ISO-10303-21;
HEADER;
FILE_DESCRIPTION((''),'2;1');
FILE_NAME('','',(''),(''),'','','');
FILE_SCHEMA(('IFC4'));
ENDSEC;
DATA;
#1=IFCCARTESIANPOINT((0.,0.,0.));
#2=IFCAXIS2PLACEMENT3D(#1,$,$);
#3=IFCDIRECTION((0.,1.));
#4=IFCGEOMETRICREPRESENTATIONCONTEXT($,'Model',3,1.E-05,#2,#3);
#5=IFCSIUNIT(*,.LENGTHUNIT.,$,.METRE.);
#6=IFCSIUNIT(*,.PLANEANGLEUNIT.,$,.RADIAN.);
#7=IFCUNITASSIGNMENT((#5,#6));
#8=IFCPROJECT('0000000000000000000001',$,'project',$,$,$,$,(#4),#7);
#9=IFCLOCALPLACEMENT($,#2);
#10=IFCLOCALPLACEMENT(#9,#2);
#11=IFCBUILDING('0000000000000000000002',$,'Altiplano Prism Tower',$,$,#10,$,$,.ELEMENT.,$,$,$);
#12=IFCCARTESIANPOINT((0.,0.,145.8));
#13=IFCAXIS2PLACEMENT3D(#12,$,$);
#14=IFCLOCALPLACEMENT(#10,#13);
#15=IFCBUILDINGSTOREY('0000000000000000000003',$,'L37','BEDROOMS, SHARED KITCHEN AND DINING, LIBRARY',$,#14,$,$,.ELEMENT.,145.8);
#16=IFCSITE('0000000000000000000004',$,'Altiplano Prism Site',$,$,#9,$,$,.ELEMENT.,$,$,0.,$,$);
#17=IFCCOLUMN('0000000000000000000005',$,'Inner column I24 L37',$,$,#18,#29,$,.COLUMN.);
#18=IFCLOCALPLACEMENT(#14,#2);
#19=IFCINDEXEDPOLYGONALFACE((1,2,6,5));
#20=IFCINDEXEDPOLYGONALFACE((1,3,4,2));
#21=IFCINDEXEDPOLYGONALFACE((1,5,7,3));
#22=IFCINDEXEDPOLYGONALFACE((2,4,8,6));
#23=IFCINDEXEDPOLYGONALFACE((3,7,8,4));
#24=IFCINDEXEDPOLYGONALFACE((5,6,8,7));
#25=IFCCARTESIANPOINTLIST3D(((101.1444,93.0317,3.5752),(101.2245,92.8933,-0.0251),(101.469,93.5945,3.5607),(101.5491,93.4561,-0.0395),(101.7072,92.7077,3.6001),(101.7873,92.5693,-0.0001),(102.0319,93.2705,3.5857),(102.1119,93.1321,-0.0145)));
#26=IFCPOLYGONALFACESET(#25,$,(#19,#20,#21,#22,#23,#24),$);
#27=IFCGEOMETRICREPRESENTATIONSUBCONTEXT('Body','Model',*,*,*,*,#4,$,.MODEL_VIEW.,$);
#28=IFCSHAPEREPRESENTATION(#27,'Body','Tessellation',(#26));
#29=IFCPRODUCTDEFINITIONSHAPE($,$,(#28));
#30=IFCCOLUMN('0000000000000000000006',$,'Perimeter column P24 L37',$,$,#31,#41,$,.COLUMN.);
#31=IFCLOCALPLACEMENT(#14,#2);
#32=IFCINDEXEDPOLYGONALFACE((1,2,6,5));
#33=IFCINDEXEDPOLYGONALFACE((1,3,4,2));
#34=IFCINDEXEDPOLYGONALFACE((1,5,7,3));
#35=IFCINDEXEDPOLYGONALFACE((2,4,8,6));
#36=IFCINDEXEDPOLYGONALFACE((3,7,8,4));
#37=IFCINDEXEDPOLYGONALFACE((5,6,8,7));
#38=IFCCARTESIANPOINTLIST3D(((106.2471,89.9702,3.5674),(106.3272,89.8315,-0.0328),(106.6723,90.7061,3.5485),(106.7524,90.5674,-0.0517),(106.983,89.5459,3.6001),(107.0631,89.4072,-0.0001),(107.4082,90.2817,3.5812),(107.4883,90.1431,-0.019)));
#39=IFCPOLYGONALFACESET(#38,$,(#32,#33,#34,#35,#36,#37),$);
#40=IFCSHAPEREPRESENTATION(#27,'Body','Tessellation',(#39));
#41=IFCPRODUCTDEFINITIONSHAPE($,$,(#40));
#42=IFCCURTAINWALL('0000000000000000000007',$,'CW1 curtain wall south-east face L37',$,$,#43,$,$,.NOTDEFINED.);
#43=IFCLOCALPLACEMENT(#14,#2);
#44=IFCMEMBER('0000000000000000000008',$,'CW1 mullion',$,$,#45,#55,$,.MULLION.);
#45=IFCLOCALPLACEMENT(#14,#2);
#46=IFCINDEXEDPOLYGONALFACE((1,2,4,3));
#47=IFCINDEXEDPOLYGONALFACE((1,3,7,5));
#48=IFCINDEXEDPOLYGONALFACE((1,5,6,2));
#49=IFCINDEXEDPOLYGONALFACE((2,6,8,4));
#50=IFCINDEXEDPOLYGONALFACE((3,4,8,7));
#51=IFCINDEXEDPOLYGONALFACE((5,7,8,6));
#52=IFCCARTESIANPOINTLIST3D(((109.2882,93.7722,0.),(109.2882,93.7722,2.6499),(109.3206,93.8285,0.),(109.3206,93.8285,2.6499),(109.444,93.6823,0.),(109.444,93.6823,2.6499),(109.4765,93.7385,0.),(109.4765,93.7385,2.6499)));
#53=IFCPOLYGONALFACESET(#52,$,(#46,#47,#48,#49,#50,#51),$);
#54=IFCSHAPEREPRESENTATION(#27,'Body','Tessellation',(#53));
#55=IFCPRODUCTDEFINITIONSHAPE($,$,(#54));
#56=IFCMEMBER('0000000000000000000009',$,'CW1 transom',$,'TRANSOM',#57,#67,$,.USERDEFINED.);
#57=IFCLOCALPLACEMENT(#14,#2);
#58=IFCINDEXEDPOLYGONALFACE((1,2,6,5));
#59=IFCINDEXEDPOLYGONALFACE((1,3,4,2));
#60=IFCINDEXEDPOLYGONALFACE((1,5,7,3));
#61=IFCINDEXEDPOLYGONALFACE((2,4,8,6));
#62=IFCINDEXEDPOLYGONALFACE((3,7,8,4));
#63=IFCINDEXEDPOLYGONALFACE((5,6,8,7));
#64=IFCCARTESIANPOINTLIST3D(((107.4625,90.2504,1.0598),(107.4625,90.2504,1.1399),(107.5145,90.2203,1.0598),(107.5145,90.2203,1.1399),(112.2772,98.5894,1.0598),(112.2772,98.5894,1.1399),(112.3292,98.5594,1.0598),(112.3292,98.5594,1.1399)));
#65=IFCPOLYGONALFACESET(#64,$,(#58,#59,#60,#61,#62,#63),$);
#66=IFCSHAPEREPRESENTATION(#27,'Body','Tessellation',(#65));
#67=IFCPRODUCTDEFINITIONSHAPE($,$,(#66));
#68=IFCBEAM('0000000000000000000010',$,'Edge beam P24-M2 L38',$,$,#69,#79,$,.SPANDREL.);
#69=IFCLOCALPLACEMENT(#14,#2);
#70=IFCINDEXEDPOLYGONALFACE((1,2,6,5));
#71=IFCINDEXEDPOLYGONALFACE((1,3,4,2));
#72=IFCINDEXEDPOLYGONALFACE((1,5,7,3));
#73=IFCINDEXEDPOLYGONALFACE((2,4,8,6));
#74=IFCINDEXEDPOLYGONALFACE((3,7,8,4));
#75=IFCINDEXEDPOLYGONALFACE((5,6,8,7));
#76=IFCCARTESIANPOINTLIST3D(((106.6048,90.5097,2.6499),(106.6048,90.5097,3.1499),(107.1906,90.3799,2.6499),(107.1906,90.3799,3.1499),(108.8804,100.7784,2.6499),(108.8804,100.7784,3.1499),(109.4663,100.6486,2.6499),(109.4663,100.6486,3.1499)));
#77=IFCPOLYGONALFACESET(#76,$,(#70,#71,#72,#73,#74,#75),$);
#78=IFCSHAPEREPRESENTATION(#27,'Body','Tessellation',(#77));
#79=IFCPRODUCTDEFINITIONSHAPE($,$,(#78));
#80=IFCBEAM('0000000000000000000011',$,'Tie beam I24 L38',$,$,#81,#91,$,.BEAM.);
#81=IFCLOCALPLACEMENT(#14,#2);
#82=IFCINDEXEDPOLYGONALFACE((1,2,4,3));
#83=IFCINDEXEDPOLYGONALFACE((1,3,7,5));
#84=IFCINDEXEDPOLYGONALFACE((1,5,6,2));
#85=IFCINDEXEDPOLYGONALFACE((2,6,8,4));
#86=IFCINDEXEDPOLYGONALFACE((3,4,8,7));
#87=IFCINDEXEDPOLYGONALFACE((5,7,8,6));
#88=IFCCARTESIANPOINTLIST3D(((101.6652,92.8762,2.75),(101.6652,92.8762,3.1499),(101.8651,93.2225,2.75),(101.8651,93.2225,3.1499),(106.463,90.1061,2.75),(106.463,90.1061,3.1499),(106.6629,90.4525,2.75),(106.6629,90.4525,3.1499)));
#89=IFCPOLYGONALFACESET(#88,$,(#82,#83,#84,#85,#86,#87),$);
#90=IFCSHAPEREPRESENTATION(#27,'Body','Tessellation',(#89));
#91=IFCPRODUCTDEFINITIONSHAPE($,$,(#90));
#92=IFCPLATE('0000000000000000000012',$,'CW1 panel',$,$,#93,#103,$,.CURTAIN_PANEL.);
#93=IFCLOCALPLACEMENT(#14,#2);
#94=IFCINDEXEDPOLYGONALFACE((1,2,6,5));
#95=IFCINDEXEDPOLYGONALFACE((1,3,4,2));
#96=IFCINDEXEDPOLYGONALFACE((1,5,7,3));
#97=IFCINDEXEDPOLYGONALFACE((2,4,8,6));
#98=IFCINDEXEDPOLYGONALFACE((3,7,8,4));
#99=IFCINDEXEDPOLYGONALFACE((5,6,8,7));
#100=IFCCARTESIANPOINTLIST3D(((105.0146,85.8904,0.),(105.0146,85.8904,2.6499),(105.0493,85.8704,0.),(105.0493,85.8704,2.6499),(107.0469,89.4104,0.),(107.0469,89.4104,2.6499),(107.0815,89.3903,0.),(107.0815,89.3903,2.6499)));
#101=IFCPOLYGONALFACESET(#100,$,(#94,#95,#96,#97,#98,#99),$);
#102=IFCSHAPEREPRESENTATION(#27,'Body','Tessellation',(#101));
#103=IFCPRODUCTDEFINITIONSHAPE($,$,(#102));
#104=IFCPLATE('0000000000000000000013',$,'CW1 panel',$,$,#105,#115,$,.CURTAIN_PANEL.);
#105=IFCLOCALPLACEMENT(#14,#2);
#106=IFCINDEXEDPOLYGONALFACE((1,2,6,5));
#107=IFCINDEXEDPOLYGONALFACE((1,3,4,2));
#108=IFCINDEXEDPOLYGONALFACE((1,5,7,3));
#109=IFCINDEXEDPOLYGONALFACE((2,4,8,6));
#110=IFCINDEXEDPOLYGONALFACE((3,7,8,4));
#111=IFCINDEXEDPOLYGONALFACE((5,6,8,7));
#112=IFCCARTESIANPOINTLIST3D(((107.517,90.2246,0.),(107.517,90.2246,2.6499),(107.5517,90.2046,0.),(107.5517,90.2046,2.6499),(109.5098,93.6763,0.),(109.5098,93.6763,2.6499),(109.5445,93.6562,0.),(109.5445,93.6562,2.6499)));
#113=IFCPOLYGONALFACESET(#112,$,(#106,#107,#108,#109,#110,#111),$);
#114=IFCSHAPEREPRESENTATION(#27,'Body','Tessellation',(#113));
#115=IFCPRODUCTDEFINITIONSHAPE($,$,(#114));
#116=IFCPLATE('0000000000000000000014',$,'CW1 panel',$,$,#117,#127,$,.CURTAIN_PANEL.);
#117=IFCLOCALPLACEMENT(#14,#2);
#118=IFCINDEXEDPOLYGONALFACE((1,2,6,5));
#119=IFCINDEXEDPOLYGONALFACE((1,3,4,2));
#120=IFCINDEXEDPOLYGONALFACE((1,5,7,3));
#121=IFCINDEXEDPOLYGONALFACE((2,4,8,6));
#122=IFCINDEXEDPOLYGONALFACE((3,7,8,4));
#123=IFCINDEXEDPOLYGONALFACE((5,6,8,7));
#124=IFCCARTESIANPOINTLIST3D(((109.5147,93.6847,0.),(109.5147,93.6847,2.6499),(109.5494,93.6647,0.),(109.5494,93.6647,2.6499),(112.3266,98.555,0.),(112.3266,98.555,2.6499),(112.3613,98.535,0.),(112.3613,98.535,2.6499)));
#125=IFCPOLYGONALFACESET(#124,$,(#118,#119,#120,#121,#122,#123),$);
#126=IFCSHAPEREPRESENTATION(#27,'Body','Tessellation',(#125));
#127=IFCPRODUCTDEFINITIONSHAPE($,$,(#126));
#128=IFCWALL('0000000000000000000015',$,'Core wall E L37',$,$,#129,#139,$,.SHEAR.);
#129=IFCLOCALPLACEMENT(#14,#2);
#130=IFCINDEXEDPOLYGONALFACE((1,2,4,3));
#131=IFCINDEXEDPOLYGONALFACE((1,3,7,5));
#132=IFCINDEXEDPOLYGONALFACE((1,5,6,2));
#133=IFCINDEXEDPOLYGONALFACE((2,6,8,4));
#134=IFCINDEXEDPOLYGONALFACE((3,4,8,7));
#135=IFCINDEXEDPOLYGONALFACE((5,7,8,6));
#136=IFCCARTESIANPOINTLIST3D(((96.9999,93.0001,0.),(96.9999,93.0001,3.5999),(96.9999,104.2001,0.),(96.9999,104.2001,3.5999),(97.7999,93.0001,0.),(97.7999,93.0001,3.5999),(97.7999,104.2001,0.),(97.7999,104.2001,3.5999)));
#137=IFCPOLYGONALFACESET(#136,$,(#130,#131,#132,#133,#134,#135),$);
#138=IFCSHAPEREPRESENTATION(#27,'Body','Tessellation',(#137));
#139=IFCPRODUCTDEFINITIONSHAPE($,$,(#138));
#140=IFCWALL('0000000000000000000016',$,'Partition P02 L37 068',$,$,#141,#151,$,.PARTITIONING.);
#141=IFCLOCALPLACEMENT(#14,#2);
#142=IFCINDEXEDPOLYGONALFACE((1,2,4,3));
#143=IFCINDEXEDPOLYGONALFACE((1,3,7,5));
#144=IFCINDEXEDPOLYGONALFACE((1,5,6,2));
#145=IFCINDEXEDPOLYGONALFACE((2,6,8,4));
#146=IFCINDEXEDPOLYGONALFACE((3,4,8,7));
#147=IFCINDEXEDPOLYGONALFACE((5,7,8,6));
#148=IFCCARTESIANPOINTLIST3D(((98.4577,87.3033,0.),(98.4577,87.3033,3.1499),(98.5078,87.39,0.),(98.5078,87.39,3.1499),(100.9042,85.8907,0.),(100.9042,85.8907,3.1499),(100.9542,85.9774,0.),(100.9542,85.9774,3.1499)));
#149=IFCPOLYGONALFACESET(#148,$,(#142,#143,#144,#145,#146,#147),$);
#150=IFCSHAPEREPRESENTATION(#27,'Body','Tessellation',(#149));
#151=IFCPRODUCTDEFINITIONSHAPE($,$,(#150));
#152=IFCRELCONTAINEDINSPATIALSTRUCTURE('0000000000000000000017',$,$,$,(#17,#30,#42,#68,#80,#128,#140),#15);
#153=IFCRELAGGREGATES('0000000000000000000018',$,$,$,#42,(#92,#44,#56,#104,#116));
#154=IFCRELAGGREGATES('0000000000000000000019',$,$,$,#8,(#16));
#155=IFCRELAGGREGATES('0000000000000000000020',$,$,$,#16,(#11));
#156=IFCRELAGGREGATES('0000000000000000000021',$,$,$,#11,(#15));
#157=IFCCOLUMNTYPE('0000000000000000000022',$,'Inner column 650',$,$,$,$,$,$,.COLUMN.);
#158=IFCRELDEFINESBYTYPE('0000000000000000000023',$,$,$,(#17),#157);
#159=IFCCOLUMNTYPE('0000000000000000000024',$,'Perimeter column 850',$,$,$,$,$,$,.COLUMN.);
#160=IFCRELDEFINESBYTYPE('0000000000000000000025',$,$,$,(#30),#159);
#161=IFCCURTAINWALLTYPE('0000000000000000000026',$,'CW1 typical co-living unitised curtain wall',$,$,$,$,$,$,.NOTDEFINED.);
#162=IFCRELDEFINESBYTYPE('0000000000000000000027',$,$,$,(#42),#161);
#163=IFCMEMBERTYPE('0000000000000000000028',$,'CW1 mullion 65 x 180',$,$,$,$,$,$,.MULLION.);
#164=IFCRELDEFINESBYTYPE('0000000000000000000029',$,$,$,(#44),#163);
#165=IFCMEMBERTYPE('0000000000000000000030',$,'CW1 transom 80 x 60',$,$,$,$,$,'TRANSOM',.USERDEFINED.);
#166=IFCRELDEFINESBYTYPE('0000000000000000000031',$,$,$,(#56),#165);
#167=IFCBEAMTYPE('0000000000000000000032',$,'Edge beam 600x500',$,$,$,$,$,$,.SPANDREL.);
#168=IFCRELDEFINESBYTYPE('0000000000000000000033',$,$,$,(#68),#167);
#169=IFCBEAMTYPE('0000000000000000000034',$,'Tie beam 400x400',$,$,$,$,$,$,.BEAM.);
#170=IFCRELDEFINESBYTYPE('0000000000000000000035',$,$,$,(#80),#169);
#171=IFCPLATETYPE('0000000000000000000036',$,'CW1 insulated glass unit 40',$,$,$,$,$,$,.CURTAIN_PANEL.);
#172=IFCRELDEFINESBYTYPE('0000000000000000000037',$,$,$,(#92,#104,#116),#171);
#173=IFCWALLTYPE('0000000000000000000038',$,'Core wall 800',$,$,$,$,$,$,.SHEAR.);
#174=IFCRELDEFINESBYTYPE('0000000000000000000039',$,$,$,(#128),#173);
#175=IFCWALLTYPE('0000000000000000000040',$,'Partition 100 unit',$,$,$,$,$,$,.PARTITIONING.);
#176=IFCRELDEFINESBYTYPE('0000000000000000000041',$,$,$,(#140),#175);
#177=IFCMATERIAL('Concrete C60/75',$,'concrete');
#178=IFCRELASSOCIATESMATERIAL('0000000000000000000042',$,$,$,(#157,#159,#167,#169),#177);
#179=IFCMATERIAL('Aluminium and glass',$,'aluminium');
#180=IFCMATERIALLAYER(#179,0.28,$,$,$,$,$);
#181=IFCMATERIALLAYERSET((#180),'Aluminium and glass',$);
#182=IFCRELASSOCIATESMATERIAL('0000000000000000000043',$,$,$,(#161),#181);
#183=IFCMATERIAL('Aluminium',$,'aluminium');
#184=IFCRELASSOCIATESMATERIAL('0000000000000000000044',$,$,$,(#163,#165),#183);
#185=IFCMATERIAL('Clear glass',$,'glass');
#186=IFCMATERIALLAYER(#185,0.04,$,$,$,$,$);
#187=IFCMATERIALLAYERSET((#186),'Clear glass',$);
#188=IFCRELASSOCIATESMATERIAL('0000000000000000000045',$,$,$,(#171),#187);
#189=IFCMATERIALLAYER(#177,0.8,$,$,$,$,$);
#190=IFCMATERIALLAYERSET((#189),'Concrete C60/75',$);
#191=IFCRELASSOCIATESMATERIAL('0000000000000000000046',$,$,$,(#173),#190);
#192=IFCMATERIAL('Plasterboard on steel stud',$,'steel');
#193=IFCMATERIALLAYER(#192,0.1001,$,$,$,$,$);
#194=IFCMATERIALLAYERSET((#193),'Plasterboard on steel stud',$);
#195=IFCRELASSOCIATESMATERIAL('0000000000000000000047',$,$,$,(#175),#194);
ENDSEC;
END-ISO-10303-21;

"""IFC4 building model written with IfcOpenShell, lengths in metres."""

from ifc_helpers import new_model, si_unit, direction, frame, frame_2d, origin, origin_2d, place, context, subcontext, project, spatial, rectangle, extrude, material, layer, layer_set, material_profile, profile_set, type_object, element, aggregate, save


model = new_model("IFC4")

# Units and contexts
model_context = context("Model", 3, precision=1e-05, world=origin(), true_north=direction((0.0, 1.0)))
body_context = subcontext(model_context, "Body", "Model", "MODEL_VIEW")
ifc_project = project(units=[si_unit("LENGTHUNIT", "METRE"), si_unit("PLANEANGLEUNIT", "RADIAN")], contexts=[model_context])

# Site, building, storey
site_placement = place(None, origin())
site = spatial("IfcSite", under=ifc_project, at=site_placement, Name="Altiplano Prism Site", CompositionType="ELEMENT", RefElevation=0.0)
building_placement = place(site_placement, origin())
building = spatial("IfcBuilding", under=site, at=building_placement, Name="Altiplano Prism Tower", CompositionType="ELEMENT")
storey_placement = place(building_placement, frame((0.0, 0.0, 145.8)))
storey = spatial("IfcBuildingStorey", under=building, at=storey_placement, Name="L37", Description="BEDROOMS, SHARED KITCHEN AND DINING, LIBRARY", CompositionType="ELEMENT", Elevation=145.8)

# Columns
ifc_material_1 = material(Name="Concrete C60/75", Category="concrete")
ifc_material_profile_1 = material_profile(ifc_material_1, rectangle(XDim=0.6499, YDim=0.6499, at=origin_2d()), Name="Inner column 650")
ifc_profile_set_1 = profile_set([ifc_material_profile_1], Name="Concrete C60/75")
column_type_1 = type_object("IfcColumnType", Name="Inner column 650", PredefinedType="COLUMN", material=ifc_profile_set_1)
column_1_placement = place(storey_placement, frame((101.6682, 93.0127, -0.0198), z_axis=(-0.022221, 0.038413, 0.999015), x_axis=(-0.499513, -0.866022, 0.022189)))
element("IfcColumn", 1, at=column_1_placement, inside=storey, type_object=column_type_1, Name="Inner column I24 L37", PredefinedType="COLUMN", context=body_context, shape_type="SweptSolid", body=[
    extrude(rectangle(XDim=0.6499, YDim=0.6499, at=origin_2d()), origin(), (0.0, 0.0, 1.0), 3.6038),
])
ifc_material_profile_2 = material_profile(ifc_material_1, rectangle(XDim=0.8501, YDim=0.8501, at=origin_2d()), Name="Perimeter column 850")
ifc_profile_set_2 = profile_set([ifc_material_profile_2], Name="Concrete C60/75")
column_type_2 = type_object("IfcColumnType", Name="Perimeter column 850", PredefinedType="COLUMN", material=ifc_profile_set_2)
column_2_placement = place(storey_placement, frame((106.9077, 89.9873, -0.0259), z_axis=(-0.022221, 0.038481, 0.999012), x_axis=(-0.500175, -0.86564, 0.022218)))
element("IfcColumn", 2, at=column_2_placement, inside=storey, type_object=column_type_2, Name="Perimeter column P24 L37", PredefinedType="COLUMN", context=body_context, shape_type="SweptSolid", body=[
    extrude(rectangle(XDim=0.8501, YDim=0.8501, at=origin_2d()), origin(), (0.0, 0.0, 1.0), 3.6038),
])

# Curtain wall, members
ifc_material_2 = material(Name="Aluminium and glass", Category="aluminium")
ifc_layer_1 = layer(ifc_material_2, 0.28)
ifc_layer_set_1 = layer_set([ifc_layer_1], Name="Aluminium and glass")
curtain_wall_type = type_object("IfcCurtainWallType", Name="CW1 typical co-living unitised curtain wall", PredefinedType="NOTDEFINED", material=ifc_layer_set_1)
curtain_wall_placement = place(storey_placement, origin())
curtain_wall = element("IfcCurtainWall", 3, at=curtain_wall_placement, inside=storey, type_object=curtain_wall_type, Name="CW1 curtain wall south-east face L37", PredefinedType="NOTDEFINED")
ifc_material_3 = material(Name="Aluminium", Category="aluminium")
ifc_material_profile_3 = material_profile(ifc_material_3, rectangle(XDim=0.1799, YDim=0.0649, at=origin_2d()), Name="CW1 mullion 65 x 180")
ifc_profile_set_3 = profile_set([ifc_material_profile_3], Name="Aluminium")
member_type_1 = type_object("IfcMemberType", Name="CW1 mullion 65 x 180", PredefinedType="MULLION", material=ifc_profile_set_3)
member_1_placement = place(storey_placement, frame((109.3823, 93.7554, 0.0), z_axis=(0.0, 0.0, 1.0), x_axis=(-0.866025, 0.5, 0.0)))
member_1 = element("IfcMember", 4, at=member_1_placement, type_object=member_type_1, Name="CW1 mullion", PredefinedType="MULLION", context=body_context, shape_type="SweptSolid", body=[
    extrude(rectangle(XDim=0.1799, YDim=0.0649, at=origin_2d()), origin(), (0.0, 0.0, 1.0), 2.6499),
])
ifc_material_profile_4 = material_profile(ifc_material_3, rectangle(XDim=0.0601, YDim=0.0801, at=origin_2d()), Name="CW1 transom 80 x 60")
ifc_profile_set_4 = profile_set([ifc_material_profile_4], Name="Aluminium")
member_type_2 = type_object("IfcMemberType", Name="CW1 transom 80 x 60", ElementType="TRANSOM", PredefinedType="USERDEFINED", material=ifc_profile_set_4)
member_2_placement = place(storey_placement, frame((107.4885, 90.2354, 1.0999), z_axis=(0.500008, 0.86602, 0.0), x_axis=(-0.86602, 0.500008, 0.0)))
member_2 = element("IfcMember", 5, at=member_2_placement, type_object=member_type_2, Name="CW1 transom", ObjectType="TRANSOM", PredefinedType="USERDEFINED", context=body_context, shape_type="SweptSolid", body=[
    extrude(rectangle(XDim=0.0601, YDim=0.0801, at=origin_2d()), origin(), (0.0, 0.0, 1.0), 9.6292),
])

# Beams
ifc_material_profile_5 = material_profile(ifc_material_1, rectangle(XDim=0.6001, YDim=0.5, at=origin_2d()), Name="Edge beam 600x500")
ifc_profile_set_5 = profile_set([ifc_material_profile_5], Name="Concrete C60/75")
beam_type_1 = type_object("IfcBeamType", Name="Edge beam 600x500", PredefinedType="SPANDREL", material=ifc_profile_set_5)
beam_1_placement = place(storey_placement, frame((106.8977, 90.4448, 2.8999), z_axis=(0.216358, 0.976314, 0.0), x_axis=(-0.976314, 0.216358, 0.0)))
element("IfcBeam", 6, at=beam_1_placement, inside=storey, type_object=beam_type_1, Name="Edge beam P24-M2 L38", PredefinedType="SPANDREL", context=body_context, shape_type="SweptSolid", body=[
    extrude(rectangle(XDim=0.6001, YDim=0.5, at=origin_2d()), origin(), (0.0, 0.0, 1.0), 10.5178),
])
ifc_material_profile_6 = material_profile(ifc_material_1, rectangle(XDim=0.3999, YDim=0.3999, at=origin_2d()), Name="Tie beam 400x400")
ifc_profile_set_6 = profile_set([ifc_material_profile_6], Name="Concrete C60/75")
beam_type_2 = type_object("IfcBeamType", Name="Tie beam 400x400", PredefinedType="BEAM", material=ifc_profile_set_6)
beam_2_placement = place(storey_placement, frame((101.7651, 93.0493, 2.95), z_axis=(0.866027, -0.499997, 0.0), x_axis=(0.499997, 0.866027, 0.0)))
element("IfcBeam", 7, at=beam_2_placement, inside=storey, type_object=beam_type_2, Name="Tie beam I24 L38", PredefinedType="BEAM", context=body_context, shape_type="SweptSolid", body=[
    extrude(rectangle(XDim=0.3999, YDim=0.3999, at=origin_2d()), origin(), (0.0, 0.0, 1.0), 5.54),
])

# Plates
ifc_material_4 = material(Name="Clear glass", Category="glass")
ifc_layer_2 = layer(ifc_material_4, 0.04)
ifc_layer_set_2 = layer_set([ifc_layer_2], Name="Clear glass")
plate_type = type_object("IfcPlateType", Name="CW1 insulated glass unit 40", PredefinedType="CURTAIN_PANEL", material=ifc_layer_set_2)
plate_1_placement = place(storey_placement, frame((106.0481, 87.6404, 0.0), z_axis=(0.0, 0.0, 1.0), x_axis=(0.5, 0.866025, 0.0)))
plate_1 = element("IfcPlate", 8, at=plate_1_placement, type_object=plate_type, Name="CW1 panel", PredefinedType="CURTAIN_PANEL", context=body_context, shape_type="SweptSolid", body=[
    extrude(rectangle(XDim=4.0645, YDim=0.04, at=origin_2d()), origin(), (0.0, 0.0, 1.0), 2.6499),
])
plate_2_placement = place(storey_placement, frame((108.5308, 91.9404, 0.0), z_axis=(0.0, 0.0, 1.0), x_axis=(0.5, 0.866025, 0.0)))
plate_2 = element("IfcPlate", 9, at=plate_2_placement, type_object=plate_type, Name="CW1 panel", PredefinedType="CURTAIN_PANEL", context=body_context, shape_type="SweptSolid", body=[
    extrude(rectangle(XDim=3.9856, YDim=0.04, at=origin_2d()), origin(), (0.0, 0.0, 1.0), 2.6499),
])
plate_3_placement = place(storey_placement, frame((110.938, 96.1099, 0.0), z_axis=(0.0, 0.0, 1.0), x_axis=(0.5, 0.866025, 0.0)))
plate_3 = element("IfcPlate", 10, at=plate_3_placement, type_object=plate_type, Name="CW1 panel", PredefinedType="CURTAIN_PANEL", context=body_context, shape_type="SweptSolid", body=[
    extrude(rectangle(XDim=5.6238, YDim=0.04, at=origin_2d()), origin(), (0.0, 0.0, 1.0), 2.6499),
])
aggregate(curtain_wall, [plate_1, member_1, member_2, plate_2, plate_3])

# Walls
ifc_layer_3 = layer(ifc_material_1, 0.8)
ifc_layer_set_3 = layer_set([ifc_layer_3], Name="Concrete C60/75")
wall_type_1 = type_object("IfcWallType", Name="Core wall 800", PredefinedType="SHEAR", material=ifc_layer_set_3)
wall_1_placement = place(storey_placement, frame((97.3999, 93.0, 0.0), z_axis=(0.0, 0.0, 1.0), x_axis=(0.0, 1.0, 0.0)))
element("IfcWall", 11, at=wall_1_placement, inside=storey, type_object=wall_type_1, Name="Core wall E L37", PredefinedType="SHEAR", context=body_context, shape_type="SweptSolid", body=[
    extrude(rectangle(XDim=11.2, YDim=0.8, at=frame_2d((5.6001, 0.0))), origin(), (0.0, 0.0, 1.0), 3.5999),
])
ifc_material_5 = material(Name="Plasterboard on steel stud", Category="steel")
ifc_layer_4 = layer(ifc_material_5, 0.1001)
ifc_layer_set_4 = layer_set([ifc_layer_4], Name="Plasterboard on steel stud")
wall_type_2 = type_object("IfcWallType", Name="Partition 100 unit", PredefinedType="PARTITIONING", material=ifc_layer_set_4)
wall_2_placement = place(storey_placement, frame((98.4827, 87.3467, 0.0), z_axis=(0.0, 0.0, 1.0), x_axis=(0.866011, -0.500024, 0.0)))
element("IfcWall", 12, at=wall_2_placement, inside=storey, type_object=wall_type_2, Name="Partition P02 L37 068", PredefinedType="PARTITIONING", context=body_context, shape_type="SweptSolid", body=[
    extrude(rectangle(XDim=2.825, YDim=0.1001, at=frame_2d((1.4126, 0.0))), origin(), (0.0, 0.0, 1.0), 3.1499),
])

save(model, "model.ifc")
